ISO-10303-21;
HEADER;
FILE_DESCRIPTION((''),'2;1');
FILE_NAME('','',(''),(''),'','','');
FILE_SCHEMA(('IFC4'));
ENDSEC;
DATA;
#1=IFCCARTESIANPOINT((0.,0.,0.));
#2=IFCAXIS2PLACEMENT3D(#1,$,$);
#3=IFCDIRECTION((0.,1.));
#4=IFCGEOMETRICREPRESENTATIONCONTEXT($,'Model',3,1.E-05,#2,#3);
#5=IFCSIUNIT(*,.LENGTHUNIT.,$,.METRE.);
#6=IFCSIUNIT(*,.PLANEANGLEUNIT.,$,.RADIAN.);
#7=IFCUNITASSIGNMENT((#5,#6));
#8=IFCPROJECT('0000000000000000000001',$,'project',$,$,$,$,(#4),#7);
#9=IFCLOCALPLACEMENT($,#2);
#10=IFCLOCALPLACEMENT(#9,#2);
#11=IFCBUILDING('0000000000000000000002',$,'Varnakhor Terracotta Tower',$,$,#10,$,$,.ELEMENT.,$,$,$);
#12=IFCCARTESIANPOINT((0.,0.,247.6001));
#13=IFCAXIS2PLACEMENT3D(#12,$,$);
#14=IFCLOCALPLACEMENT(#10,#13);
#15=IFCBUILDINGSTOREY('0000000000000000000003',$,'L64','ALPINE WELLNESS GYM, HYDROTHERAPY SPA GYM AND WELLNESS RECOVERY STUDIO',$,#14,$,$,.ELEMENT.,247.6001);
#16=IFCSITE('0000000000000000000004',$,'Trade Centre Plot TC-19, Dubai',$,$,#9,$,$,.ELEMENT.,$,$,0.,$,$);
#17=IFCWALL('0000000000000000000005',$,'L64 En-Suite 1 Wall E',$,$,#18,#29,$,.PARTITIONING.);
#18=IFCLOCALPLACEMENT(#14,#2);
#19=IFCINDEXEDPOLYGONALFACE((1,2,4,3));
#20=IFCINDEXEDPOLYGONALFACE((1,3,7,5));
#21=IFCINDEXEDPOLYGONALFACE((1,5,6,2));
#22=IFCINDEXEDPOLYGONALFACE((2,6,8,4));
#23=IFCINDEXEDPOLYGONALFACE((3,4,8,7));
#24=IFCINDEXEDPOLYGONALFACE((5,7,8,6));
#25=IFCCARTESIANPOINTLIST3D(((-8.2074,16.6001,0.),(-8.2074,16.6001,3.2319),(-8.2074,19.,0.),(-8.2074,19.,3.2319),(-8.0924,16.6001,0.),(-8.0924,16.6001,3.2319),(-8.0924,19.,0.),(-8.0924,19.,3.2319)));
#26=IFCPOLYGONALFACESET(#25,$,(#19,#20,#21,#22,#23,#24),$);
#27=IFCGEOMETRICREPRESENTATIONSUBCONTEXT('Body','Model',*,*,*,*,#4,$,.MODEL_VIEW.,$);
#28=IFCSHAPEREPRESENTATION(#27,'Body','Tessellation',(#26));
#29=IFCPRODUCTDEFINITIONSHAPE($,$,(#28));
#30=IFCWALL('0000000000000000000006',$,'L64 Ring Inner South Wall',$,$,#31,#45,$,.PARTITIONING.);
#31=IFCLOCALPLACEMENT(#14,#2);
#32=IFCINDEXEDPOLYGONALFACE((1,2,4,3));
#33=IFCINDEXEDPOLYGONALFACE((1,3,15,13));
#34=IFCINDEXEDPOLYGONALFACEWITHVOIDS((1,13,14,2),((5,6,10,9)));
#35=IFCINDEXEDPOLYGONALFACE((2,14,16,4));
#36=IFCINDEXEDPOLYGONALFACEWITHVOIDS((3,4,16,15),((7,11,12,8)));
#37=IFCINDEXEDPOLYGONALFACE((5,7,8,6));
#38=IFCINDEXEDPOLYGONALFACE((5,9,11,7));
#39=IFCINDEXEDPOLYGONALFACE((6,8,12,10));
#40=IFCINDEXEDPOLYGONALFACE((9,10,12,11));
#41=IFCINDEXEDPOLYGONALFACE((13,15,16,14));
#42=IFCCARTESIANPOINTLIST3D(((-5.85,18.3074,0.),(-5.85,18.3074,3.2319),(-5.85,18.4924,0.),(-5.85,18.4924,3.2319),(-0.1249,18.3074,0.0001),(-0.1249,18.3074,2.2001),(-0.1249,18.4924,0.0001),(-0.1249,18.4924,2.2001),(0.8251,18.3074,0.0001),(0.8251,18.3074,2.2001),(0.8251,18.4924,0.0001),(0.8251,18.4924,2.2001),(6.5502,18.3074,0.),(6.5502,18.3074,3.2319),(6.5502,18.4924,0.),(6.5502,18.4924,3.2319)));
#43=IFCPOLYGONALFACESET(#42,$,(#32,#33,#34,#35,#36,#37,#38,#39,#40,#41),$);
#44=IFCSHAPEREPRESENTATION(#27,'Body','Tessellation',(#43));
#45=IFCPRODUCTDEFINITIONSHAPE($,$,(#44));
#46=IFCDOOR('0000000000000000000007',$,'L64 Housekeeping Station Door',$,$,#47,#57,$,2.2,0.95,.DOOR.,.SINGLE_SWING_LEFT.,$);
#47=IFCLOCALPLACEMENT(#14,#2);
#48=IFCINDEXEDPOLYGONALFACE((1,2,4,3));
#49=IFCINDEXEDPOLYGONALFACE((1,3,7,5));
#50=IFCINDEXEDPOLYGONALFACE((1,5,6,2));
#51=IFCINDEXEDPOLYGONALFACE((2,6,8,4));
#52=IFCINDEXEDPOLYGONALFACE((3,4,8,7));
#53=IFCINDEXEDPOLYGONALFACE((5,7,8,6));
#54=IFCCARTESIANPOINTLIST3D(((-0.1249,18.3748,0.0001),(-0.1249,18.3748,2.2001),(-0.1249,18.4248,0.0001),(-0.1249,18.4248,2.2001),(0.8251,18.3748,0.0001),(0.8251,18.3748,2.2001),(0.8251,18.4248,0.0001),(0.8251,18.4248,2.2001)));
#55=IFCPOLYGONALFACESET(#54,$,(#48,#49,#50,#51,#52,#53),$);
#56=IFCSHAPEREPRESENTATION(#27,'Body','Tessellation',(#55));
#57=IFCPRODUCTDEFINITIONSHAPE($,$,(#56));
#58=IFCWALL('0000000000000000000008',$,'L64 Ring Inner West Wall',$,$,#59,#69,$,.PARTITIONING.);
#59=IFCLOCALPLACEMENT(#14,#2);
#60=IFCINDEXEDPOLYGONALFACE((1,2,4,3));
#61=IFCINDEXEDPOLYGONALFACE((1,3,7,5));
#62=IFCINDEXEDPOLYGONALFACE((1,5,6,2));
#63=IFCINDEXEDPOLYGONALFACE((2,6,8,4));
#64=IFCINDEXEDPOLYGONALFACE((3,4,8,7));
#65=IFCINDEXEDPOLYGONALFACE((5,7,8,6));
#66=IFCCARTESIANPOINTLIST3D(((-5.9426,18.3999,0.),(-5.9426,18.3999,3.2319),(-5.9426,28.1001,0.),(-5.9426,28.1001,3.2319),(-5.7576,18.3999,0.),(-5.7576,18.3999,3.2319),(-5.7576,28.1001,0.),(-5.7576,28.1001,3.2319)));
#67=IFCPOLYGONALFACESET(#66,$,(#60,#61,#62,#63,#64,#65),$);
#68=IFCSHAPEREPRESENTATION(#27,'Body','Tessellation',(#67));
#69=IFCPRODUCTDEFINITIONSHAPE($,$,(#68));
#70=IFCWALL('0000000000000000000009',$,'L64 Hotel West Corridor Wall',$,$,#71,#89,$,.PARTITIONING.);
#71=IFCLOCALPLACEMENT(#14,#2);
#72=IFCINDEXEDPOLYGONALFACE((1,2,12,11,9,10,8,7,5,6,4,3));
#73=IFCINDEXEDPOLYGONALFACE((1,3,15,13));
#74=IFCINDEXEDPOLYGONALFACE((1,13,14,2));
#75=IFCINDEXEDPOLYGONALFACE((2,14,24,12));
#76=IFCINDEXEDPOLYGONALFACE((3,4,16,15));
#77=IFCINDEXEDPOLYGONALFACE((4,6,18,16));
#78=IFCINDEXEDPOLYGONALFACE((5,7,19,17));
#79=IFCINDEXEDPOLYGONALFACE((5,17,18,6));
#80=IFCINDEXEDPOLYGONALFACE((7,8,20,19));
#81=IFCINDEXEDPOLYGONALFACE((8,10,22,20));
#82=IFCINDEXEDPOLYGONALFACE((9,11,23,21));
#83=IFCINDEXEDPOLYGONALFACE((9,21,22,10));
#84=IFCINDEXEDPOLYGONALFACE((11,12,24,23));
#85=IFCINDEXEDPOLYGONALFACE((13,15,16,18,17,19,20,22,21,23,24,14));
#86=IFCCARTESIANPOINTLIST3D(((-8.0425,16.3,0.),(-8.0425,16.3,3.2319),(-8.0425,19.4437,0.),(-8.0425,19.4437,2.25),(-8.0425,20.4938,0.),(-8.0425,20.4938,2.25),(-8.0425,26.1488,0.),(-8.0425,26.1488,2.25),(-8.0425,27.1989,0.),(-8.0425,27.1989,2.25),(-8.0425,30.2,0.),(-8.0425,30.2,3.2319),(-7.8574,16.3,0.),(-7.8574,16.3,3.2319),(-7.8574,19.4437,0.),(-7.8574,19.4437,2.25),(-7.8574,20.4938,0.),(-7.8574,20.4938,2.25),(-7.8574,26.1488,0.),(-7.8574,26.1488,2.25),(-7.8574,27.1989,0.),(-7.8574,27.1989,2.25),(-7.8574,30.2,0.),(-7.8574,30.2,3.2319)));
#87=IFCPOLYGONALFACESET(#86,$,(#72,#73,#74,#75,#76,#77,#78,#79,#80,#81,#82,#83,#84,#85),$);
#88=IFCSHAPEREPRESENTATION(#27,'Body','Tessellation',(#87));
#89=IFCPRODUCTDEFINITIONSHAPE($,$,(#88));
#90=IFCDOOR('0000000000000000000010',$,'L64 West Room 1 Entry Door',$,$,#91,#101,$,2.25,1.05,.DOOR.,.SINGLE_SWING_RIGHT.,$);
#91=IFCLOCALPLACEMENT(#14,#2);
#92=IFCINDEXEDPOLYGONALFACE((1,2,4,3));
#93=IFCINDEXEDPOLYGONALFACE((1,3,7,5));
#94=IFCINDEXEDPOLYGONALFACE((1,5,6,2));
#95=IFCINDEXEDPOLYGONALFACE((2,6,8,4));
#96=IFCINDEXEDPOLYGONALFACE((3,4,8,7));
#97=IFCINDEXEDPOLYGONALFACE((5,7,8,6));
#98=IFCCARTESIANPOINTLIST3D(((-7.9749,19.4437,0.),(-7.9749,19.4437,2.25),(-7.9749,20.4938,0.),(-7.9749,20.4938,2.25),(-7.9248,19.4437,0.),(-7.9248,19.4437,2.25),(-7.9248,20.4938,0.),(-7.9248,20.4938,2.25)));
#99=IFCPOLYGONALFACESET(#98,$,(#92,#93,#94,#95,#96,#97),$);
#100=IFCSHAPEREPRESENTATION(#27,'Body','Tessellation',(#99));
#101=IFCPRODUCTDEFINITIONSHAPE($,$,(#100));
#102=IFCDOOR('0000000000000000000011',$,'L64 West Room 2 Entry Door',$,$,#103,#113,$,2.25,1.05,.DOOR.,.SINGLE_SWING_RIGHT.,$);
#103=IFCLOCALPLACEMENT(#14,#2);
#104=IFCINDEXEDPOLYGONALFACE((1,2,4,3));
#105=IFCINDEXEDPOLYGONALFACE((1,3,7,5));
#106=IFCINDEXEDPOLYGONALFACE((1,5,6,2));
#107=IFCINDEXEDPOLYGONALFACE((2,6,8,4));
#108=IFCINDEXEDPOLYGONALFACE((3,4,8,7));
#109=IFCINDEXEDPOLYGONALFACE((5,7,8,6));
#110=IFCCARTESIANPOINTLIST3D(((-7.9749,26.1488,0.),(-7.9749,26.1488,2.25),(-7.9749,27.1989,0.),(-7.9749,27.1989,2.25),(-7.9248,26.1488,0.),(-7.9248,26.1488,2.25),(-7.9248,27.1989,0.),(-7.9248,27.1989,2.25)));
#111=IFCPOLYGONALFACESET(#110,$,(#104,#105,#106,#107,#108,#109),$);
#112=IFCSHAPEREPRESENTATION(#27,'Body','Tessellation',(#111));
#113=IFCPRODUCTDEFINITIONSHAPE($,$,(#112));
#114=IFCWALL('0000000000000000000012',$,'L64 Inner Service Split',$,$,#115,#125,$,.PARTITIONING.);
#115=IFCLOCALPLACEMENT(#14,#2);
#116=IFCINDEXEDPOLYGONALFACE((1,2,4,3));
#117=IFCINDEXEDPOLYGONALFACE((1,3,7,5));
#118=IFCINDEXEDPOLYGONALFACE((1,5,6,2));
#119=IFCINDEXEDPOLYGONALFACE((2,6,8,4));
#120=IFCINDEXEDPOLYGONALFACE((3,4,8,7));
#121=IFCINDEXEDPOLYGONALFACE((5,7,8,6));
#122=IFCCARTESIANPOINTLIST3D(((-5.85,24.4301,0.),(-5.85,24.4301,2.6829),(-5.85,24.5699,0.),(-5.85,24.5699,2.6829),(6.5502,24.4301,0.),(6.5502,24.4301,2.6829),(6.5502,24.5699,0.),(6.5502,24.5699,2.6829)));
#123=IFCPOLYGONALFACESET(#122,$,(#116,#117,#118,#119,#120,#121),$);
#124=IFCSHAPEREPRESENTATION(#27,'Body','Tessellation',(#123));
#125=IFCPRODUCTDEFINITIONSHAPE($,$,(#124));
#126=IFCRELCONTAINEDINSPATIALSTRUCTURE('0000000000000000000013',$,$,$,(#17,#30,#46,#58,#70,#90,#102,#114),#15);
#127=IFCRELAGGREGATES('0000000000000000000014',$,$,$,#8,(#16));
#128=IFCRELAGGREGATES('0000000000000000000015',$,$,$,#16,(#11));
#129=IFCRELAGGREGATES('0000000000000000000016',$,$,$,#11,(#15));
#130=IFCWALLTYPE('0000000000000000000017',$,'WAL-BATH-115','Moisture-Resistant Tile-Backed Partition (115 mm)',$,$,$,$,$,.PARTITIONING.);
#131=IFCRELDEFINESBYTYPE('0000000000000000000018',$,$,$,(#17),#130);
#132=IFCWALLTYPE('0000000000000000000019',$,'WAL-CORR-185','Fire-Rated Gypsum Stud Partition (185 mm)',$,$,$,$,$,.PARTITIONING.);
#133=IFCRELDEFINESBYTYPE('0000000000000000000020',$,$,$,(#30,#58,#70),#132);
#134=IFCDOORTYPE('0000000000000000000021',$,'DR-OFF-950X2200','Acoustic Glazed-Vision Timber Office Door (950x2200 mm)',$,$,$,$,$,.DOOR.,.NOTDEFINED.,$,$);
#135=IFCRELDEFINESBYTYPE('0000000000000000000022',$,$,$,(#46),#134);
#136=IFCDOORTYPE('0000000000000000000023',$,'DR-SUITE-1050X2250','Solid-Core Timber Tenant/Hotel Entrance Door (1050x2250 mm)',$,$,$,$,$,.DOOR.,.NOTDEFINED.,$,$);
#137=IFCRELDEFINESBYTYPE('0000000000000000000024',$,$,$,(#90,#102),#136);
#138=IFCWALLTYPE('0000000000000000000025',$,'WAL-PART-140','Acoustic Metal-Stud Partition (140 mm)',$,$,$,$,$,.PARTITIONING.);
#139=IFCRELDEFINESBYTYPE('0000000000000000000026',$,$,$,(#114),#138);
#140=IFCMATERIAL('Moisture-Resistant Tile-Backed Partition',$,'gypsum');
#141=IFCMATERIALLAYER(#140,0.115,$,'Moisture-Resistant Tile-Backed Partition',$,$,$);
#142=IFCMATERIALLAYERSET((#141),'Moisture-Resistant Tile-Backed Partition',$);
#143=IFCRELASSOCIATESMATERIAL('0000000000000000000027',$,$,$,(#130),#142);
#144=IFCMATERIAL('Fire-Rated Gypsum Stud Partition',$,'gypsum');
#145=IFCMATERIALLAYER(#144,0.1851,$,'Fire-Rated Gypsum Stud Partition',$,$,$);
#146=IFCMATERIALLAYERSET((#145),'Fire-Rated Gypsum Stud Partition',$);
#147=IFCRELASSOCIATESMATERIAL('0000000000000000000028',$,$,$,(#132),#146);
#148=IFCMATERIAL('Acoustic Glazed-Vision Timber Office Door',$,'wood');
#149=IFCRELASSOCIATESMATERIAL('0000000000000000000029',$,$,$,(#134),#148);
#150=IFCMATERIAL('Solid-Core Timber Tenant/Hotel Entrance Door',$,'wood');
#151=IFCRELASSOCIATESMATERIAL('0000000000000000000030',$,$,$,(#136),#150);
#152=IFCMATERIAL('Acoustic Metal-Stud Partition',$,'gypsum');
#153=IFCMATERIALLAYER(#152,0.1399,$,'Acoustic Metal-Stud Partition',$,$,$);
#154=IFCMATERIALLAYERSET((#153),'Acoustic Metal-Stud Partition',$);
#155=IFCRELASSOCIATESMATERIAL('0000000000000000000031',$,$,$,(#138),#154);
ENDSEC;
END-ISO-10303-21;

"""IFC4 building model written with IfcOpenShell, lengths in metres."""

from ifc_helpers import new_model, si_unit, direction, frame, frame_2d, origin, place, context, subcontext, project, spatial, rectangle, extrude, source, transform, mapped, material, layer, layer_set, type_object, type_shapes, element, fill, save


model = new_model("IFC4")

# Units and contexts
model_context = context("Model", 3, precision=1e-05, world=origin(), true_north=direction((0.0, 1.0)))
body_context = subcontext(model_context, "Body", "Model", "MODEL_VIEW")
ifc_project = project(units=[si_unit("LENGTHUNIT", "METRE"), si_unit("PLANEANGLEUNIT", "RADIAN")], contexts=[model_context])

# Site, building, storey
site_placement = place(None, origin())
site = spatial("IfcSite", under=ifc_project, at=site_placement, Name="Trade Centre Plot TC-19, Dubai", CompositionType="ELEMENT", RefElevation=0.0)
building_placement = place(site_placement, origin())
building = spatial("IfcBuilding", under=site, at=building_placement, Name="Varnakhor Terracotta Tower", CompositionType="ELEMENT")
storey_placement = place(building_placement, frame((0.0, 0.0, 247.6001)))
storey = spatial("IfcBuildingStorey", under=building, at=storey_placement, Name="L64", Description="ALPINE WELLNESS GYM, HYDROTHERAPY SPA GYM AND WELLNESS RECOVERY STUDIO", CompositionType="ELEMENT", Elevation=247.6001)

# Wall
ifc_material_1 = material(Name="Moisture-Resistant Tile-Backed Partition", Category="gypsum")
ifc_layer_1 = layer(ifc_material_1, 0.115, Name="Moisture-Resistant Tile-Backed Partition")
ifc_layer_set_1 = layer_set([ifc_layer_1], Name="Moisture-Resistant Tile-Backed Partition")
wall_type_1 = type_object("IfcWallType", Name="WAL-BATH-115", Description="Moisture-Resistant Tile-Backed Partition (115 mm)", PredefinedType="PARTITIONING", material=ifc_layer_set_1)
wall_1_placement = place(storey_placement, frame((-8.1499, 16.6001, 0.0), z_axis=(0.0, 0.0, 1.0), x_axis=(0.0, 1.0, 0.0)))
element("IfcWall", 1, at=wall_1_placement, inside=storey, type_object=wall_type_1, Name="L64 En-Suite 1 Wall E", PredefinedType="PARTITIONING", context=body_context, shape_type="SweptSolid", body=[
    extrude(rectangle(XDim=2.3999, YDim=0.115, at=frame_2d((1.2, 0.0))), origin(), (0.0, 0.0, 1.0), 3.2319),
])

# Wall, opening, door
ifc_material_2 = material(Name="Fire-Rated Gypsum Stud Partition", Category="gypsum")
ifc_layer_2 = layer(ifc_material_2, 0.1851, Name="Fire-Rated Gypsum Stud Partition")
ifc_layer_set_2 = layer_set([ifc_layer_2], Name="Fire-Rated Gypsum Stud Partition")
wall_type_2 = type_object("IfcWallType", Name="WAL-CORR-185", Description="Fire-Rated Gypsum Stud Partition (185 mm)", PredefinedType="PARTITIONING", material=ifc_layer_set_2)
wall_2_placement = place(storey_placement, frame((-5.8501, 18.3999, 0.0), z_axis=(0.0, 0.0, 1.0), x_axis=(1.0, 0.0, 0.0)))
wall_2 = element("IfcWall", 2, at=wall_2_placement, inside=storey, type_object=wall_type_2, Name="L64 Ring Inner South Wall", PredefinedType="PARTITIONING", context=body_context, shape_type="SweptSolid", body=[
    extrude(rectangle(XDim=12.4001, YDim=0.1851, at=frame_2d((6.2002, 0.0))), origin(), (0.0, 0.0, 1.0), 3.2319),
])
opening_1_placement = place(wall_2_placement, frame((5.7251, 0.0, 0.0)))
opening_1 = element("IfcOpeningElement", 3, at=opening_1_placement, cuts=wall_2, PredefinedType="OPENING", context=body_context, shape_type="SweptSolid", body=[
    extrude(rectangle(XDim=0.95, YDim=2.2, at=frame_2d((0.4751, 1.1001))), frame((0.0, 0.1025, 0.0), z_axis=(0.0, -1.0, 0.0), x_axis=(1.0, 0.0, 0.0)), (0.0, 0.0, 1.0), 0.2051),
])
ifc_material_3 = material(Name="Acoustic Glazed-Vision Timber Office Door", Category="wood")
door_type_1 = type_object("IfcDoorType", Name="DR-OFF-950X2200", Description="Acoustic Glazed-Vision Timber Office Door (950x2200 mm)", OperationType="NOTDEFINED", PredefinedType="DOOR", material=ifc_material_3)
shared_shape_1 = source(origin(), body_context, "Body", "SweptSolid", [
    extrude(rectangle(XDim=0.95, YDim=2.2, at=frame_2d((0.4751, 1.1001))), frame((0.0, 0.0249, 0.0), z_axis=(0.0, -1.0, 0.0), x_axis=(1.0, 0.0, 0.0)), (0.0, 0.0, 1.0), 0.05),
])
type_shapes(door_type_1, [shared_shape_1])
door_1_placement = place(opening_1_placement, origin())
door_1 = element("IfcDoor", 4, at=door_1_placement, inside=storey, type_object=door_type_1, Name="L64 Housekeeping Station Door", OperationType="SINGLE_SWING_LEFT", OverallHeight=2.2, OverallWidth=0.95, PredefinedType="DOOR", context=body_context, shape_type="MappedRepresentation", body=[
    mapped(shared_shape_1, transform((0.0, 0.0, 0.0), scale=1.0)),
])
fill(opening_1, door_1)

# Wall
wall_3_placement = place(storey_placement, frame((-5.8501, 18.3999, 0.0), z_axis=(0.0, 0.0, 1.0), x_axis=(0.0, 1.0, 0.0)))
element("IfcWall", 5, at=wall_3_placement, inside=storey, type_object=wall_type_2, Name="L64 Ring Inner West Wall", PredefinedType="PARTITIONING", context=body_context, shape_type="SweptSolid", body=[
    extrude(rectangle(XDim=9.7002, YDim=0.1851, at=frame_2d((4.8501, 0.0))), origin(), (0.0, 0.0, 1.0), 3.2319),
])

# Wall, openings, doors
wall_4_placement = place(storey_placement, frame((-7.95, 16.3, 0.0), z_axis=(0.0, 0.0, 1.0), x_axis=(0.0, 1.0, 0.0)))
wall_4 = element("IfcWall", 6, at=wall_4_placement, inside=storey, type_object=wall_type_2, Name="L64 Hotel West Corridor Wall", PredefinedType="PARTITIONING", context=body_context, shape_type="SweptSolid", body=[
    extrude(rectangle(XDim=13.8999, YDim=0.1851, at=frame_2d((6.95, 0.0))), origin(), (0.0, 0.0, 1.0), 3.2319),
])
opening_2_placement = place(wall_4_placement, frame((3.1438, 0.0, 0.0)))
opening_2 = element("IfcOpeningElement", 7, at=opening_2_placement, cuts=wall_4, PredefinedType="OPENING", context=body_context, shape_type="SweptSolid", body=[
    extrude(rectangle(XDim=1.05, YDim=2.25, at=frame_2d((0.5249, 1.125))), frame((0.0, 0.1025, 0.0), z_axis=(0.0, -1.0, 0.0), x_axis=(1.0, 0.0, 0.0)), (0.0, 0.0, 1.0), 0.2051),
])
opening_3_placement = place(wall_4_placement, frame((9.8489, 0.0, 0.0)))
opening_3 = element("IfcOpeningElement", 8, at=opening_3_placement, cuts=wall_4, PredefinedType="OPENING", context=body_context, shape_type="SweptSolid", body=[
    extrude(rectangle(XDim=1.05, YDim=2.25, at=frame_2d((0.5249, 1.125))), frame((0.0, 0.1025, 0.0), z_axis=(0.0, -1.0, 0.0), x_axis=(1.0, 0.0, 0.0)), (0.0, 0.0, 1.0), 0.2051),
])
ifc_material_4 = material(Name="Solid-Core Timber Tenant/Hotel Entrance Door", Category="wood")
door_type_2 = type_object("IfcDoorType", Name="DR-SUITE-1050X2250", Description="Solid-Core Timber Tenant/Hotel Entrance Door (1050x2250 mm)", OperationType="NOTDEFINED", PredefinedType="DOOR", material=ifc_material_4)
shared_shape_2 = source(origin(), body_context, "Body", "SweptSolid", [
    extrude(rectangle(XDim=1.05, YDim=2.25, at=frame_2d((0.5249, 1.125))), frame((0.0, 0.0249, 0.0), z_axis=(0.0, -1.0, 0.0), x_axis=(1.0, 0.0, 0.0)), (0.0, 0.0, 1.0), 0.05),
])
type_shapes(door_type_2, [shared_shape_2])
door_2_placement = place(opening_2_placement, origin())
door_2 = element("IfcDoor", 9, at=door_2_placement, inside=storey, type_object=door_type_2, Name="L64 West Room 1 Entry Door", OperationType="SINGLE_SWING_RIGHT", OverallHeight=2.25, OverallWidth=1.05, PredefinedType="DOOR", context=body_context, shape_type="MappedRepresentation", body=[
    mapped(shared_shape_2, transform((0.0, 0.0, 0.0), scale=1.0)),
])
fill(opening_2, door_2)
door_3_placement = place(opening_3_placement, origin())
door_3 = element("IfcDoor", 10, at=door_3_placement, inside=storey, type_object=door_type_2, Name="L64 West Room 2 Entry Door", OperationType="SINGLE_SWING_RIGHT", OverallHeight=2.25, OverallWidth=1.05, PredefinedType="DOOR", context=body_context, shape_type="MappedRepresentation", body=[
    mapped(shared_shape_2, transform((0.0, 0.0, 0.0), scale=1.0)),
])
fill(opening_3, door_3)

# Wall
ifc_material_5 = material(Name="Acoustic Metal-Stud Partition", Category="gypsum")
ifc_layer_3 = layer(ifc_material_5, 0.1399, Name="Acoustic Metal-Stud Partition")
ifc_layer_set_3 = layer_set([ifc_layer_3], Name="Acoustic Metal-Stud Partition")
wall_type_3 = type_object("IfcWallType", Name="WAL-PART-140", Description="Acoustic Metal-Stud Partition (140 mm)", PredefinedType="PARTITIONING", material=ifc_layer_set_3)
wall_5_placement = place(storey_placement, frame((-5.8501, 24.5, 0.0), z_axis=(0.0, 0.0, 1.0), x_axis=(1.0, 0.0, 0.0)))
element("IfcWall", 11, at=wall_5_placement, inside=storey, type_object=wall_type_3, Name="L64 Inner Service Split", PredefinedType="PARTITIONING", context=body_context, shape_type="SweptSolid", body=[
    extrude(rectangle(XDim=12.4001, YDim=0.1399, at=frame_2d((6.2002, 0.0))), origin(), (0.0, 0.0, 1.0), 2.6829),
])

save(model, "model.ifc")
